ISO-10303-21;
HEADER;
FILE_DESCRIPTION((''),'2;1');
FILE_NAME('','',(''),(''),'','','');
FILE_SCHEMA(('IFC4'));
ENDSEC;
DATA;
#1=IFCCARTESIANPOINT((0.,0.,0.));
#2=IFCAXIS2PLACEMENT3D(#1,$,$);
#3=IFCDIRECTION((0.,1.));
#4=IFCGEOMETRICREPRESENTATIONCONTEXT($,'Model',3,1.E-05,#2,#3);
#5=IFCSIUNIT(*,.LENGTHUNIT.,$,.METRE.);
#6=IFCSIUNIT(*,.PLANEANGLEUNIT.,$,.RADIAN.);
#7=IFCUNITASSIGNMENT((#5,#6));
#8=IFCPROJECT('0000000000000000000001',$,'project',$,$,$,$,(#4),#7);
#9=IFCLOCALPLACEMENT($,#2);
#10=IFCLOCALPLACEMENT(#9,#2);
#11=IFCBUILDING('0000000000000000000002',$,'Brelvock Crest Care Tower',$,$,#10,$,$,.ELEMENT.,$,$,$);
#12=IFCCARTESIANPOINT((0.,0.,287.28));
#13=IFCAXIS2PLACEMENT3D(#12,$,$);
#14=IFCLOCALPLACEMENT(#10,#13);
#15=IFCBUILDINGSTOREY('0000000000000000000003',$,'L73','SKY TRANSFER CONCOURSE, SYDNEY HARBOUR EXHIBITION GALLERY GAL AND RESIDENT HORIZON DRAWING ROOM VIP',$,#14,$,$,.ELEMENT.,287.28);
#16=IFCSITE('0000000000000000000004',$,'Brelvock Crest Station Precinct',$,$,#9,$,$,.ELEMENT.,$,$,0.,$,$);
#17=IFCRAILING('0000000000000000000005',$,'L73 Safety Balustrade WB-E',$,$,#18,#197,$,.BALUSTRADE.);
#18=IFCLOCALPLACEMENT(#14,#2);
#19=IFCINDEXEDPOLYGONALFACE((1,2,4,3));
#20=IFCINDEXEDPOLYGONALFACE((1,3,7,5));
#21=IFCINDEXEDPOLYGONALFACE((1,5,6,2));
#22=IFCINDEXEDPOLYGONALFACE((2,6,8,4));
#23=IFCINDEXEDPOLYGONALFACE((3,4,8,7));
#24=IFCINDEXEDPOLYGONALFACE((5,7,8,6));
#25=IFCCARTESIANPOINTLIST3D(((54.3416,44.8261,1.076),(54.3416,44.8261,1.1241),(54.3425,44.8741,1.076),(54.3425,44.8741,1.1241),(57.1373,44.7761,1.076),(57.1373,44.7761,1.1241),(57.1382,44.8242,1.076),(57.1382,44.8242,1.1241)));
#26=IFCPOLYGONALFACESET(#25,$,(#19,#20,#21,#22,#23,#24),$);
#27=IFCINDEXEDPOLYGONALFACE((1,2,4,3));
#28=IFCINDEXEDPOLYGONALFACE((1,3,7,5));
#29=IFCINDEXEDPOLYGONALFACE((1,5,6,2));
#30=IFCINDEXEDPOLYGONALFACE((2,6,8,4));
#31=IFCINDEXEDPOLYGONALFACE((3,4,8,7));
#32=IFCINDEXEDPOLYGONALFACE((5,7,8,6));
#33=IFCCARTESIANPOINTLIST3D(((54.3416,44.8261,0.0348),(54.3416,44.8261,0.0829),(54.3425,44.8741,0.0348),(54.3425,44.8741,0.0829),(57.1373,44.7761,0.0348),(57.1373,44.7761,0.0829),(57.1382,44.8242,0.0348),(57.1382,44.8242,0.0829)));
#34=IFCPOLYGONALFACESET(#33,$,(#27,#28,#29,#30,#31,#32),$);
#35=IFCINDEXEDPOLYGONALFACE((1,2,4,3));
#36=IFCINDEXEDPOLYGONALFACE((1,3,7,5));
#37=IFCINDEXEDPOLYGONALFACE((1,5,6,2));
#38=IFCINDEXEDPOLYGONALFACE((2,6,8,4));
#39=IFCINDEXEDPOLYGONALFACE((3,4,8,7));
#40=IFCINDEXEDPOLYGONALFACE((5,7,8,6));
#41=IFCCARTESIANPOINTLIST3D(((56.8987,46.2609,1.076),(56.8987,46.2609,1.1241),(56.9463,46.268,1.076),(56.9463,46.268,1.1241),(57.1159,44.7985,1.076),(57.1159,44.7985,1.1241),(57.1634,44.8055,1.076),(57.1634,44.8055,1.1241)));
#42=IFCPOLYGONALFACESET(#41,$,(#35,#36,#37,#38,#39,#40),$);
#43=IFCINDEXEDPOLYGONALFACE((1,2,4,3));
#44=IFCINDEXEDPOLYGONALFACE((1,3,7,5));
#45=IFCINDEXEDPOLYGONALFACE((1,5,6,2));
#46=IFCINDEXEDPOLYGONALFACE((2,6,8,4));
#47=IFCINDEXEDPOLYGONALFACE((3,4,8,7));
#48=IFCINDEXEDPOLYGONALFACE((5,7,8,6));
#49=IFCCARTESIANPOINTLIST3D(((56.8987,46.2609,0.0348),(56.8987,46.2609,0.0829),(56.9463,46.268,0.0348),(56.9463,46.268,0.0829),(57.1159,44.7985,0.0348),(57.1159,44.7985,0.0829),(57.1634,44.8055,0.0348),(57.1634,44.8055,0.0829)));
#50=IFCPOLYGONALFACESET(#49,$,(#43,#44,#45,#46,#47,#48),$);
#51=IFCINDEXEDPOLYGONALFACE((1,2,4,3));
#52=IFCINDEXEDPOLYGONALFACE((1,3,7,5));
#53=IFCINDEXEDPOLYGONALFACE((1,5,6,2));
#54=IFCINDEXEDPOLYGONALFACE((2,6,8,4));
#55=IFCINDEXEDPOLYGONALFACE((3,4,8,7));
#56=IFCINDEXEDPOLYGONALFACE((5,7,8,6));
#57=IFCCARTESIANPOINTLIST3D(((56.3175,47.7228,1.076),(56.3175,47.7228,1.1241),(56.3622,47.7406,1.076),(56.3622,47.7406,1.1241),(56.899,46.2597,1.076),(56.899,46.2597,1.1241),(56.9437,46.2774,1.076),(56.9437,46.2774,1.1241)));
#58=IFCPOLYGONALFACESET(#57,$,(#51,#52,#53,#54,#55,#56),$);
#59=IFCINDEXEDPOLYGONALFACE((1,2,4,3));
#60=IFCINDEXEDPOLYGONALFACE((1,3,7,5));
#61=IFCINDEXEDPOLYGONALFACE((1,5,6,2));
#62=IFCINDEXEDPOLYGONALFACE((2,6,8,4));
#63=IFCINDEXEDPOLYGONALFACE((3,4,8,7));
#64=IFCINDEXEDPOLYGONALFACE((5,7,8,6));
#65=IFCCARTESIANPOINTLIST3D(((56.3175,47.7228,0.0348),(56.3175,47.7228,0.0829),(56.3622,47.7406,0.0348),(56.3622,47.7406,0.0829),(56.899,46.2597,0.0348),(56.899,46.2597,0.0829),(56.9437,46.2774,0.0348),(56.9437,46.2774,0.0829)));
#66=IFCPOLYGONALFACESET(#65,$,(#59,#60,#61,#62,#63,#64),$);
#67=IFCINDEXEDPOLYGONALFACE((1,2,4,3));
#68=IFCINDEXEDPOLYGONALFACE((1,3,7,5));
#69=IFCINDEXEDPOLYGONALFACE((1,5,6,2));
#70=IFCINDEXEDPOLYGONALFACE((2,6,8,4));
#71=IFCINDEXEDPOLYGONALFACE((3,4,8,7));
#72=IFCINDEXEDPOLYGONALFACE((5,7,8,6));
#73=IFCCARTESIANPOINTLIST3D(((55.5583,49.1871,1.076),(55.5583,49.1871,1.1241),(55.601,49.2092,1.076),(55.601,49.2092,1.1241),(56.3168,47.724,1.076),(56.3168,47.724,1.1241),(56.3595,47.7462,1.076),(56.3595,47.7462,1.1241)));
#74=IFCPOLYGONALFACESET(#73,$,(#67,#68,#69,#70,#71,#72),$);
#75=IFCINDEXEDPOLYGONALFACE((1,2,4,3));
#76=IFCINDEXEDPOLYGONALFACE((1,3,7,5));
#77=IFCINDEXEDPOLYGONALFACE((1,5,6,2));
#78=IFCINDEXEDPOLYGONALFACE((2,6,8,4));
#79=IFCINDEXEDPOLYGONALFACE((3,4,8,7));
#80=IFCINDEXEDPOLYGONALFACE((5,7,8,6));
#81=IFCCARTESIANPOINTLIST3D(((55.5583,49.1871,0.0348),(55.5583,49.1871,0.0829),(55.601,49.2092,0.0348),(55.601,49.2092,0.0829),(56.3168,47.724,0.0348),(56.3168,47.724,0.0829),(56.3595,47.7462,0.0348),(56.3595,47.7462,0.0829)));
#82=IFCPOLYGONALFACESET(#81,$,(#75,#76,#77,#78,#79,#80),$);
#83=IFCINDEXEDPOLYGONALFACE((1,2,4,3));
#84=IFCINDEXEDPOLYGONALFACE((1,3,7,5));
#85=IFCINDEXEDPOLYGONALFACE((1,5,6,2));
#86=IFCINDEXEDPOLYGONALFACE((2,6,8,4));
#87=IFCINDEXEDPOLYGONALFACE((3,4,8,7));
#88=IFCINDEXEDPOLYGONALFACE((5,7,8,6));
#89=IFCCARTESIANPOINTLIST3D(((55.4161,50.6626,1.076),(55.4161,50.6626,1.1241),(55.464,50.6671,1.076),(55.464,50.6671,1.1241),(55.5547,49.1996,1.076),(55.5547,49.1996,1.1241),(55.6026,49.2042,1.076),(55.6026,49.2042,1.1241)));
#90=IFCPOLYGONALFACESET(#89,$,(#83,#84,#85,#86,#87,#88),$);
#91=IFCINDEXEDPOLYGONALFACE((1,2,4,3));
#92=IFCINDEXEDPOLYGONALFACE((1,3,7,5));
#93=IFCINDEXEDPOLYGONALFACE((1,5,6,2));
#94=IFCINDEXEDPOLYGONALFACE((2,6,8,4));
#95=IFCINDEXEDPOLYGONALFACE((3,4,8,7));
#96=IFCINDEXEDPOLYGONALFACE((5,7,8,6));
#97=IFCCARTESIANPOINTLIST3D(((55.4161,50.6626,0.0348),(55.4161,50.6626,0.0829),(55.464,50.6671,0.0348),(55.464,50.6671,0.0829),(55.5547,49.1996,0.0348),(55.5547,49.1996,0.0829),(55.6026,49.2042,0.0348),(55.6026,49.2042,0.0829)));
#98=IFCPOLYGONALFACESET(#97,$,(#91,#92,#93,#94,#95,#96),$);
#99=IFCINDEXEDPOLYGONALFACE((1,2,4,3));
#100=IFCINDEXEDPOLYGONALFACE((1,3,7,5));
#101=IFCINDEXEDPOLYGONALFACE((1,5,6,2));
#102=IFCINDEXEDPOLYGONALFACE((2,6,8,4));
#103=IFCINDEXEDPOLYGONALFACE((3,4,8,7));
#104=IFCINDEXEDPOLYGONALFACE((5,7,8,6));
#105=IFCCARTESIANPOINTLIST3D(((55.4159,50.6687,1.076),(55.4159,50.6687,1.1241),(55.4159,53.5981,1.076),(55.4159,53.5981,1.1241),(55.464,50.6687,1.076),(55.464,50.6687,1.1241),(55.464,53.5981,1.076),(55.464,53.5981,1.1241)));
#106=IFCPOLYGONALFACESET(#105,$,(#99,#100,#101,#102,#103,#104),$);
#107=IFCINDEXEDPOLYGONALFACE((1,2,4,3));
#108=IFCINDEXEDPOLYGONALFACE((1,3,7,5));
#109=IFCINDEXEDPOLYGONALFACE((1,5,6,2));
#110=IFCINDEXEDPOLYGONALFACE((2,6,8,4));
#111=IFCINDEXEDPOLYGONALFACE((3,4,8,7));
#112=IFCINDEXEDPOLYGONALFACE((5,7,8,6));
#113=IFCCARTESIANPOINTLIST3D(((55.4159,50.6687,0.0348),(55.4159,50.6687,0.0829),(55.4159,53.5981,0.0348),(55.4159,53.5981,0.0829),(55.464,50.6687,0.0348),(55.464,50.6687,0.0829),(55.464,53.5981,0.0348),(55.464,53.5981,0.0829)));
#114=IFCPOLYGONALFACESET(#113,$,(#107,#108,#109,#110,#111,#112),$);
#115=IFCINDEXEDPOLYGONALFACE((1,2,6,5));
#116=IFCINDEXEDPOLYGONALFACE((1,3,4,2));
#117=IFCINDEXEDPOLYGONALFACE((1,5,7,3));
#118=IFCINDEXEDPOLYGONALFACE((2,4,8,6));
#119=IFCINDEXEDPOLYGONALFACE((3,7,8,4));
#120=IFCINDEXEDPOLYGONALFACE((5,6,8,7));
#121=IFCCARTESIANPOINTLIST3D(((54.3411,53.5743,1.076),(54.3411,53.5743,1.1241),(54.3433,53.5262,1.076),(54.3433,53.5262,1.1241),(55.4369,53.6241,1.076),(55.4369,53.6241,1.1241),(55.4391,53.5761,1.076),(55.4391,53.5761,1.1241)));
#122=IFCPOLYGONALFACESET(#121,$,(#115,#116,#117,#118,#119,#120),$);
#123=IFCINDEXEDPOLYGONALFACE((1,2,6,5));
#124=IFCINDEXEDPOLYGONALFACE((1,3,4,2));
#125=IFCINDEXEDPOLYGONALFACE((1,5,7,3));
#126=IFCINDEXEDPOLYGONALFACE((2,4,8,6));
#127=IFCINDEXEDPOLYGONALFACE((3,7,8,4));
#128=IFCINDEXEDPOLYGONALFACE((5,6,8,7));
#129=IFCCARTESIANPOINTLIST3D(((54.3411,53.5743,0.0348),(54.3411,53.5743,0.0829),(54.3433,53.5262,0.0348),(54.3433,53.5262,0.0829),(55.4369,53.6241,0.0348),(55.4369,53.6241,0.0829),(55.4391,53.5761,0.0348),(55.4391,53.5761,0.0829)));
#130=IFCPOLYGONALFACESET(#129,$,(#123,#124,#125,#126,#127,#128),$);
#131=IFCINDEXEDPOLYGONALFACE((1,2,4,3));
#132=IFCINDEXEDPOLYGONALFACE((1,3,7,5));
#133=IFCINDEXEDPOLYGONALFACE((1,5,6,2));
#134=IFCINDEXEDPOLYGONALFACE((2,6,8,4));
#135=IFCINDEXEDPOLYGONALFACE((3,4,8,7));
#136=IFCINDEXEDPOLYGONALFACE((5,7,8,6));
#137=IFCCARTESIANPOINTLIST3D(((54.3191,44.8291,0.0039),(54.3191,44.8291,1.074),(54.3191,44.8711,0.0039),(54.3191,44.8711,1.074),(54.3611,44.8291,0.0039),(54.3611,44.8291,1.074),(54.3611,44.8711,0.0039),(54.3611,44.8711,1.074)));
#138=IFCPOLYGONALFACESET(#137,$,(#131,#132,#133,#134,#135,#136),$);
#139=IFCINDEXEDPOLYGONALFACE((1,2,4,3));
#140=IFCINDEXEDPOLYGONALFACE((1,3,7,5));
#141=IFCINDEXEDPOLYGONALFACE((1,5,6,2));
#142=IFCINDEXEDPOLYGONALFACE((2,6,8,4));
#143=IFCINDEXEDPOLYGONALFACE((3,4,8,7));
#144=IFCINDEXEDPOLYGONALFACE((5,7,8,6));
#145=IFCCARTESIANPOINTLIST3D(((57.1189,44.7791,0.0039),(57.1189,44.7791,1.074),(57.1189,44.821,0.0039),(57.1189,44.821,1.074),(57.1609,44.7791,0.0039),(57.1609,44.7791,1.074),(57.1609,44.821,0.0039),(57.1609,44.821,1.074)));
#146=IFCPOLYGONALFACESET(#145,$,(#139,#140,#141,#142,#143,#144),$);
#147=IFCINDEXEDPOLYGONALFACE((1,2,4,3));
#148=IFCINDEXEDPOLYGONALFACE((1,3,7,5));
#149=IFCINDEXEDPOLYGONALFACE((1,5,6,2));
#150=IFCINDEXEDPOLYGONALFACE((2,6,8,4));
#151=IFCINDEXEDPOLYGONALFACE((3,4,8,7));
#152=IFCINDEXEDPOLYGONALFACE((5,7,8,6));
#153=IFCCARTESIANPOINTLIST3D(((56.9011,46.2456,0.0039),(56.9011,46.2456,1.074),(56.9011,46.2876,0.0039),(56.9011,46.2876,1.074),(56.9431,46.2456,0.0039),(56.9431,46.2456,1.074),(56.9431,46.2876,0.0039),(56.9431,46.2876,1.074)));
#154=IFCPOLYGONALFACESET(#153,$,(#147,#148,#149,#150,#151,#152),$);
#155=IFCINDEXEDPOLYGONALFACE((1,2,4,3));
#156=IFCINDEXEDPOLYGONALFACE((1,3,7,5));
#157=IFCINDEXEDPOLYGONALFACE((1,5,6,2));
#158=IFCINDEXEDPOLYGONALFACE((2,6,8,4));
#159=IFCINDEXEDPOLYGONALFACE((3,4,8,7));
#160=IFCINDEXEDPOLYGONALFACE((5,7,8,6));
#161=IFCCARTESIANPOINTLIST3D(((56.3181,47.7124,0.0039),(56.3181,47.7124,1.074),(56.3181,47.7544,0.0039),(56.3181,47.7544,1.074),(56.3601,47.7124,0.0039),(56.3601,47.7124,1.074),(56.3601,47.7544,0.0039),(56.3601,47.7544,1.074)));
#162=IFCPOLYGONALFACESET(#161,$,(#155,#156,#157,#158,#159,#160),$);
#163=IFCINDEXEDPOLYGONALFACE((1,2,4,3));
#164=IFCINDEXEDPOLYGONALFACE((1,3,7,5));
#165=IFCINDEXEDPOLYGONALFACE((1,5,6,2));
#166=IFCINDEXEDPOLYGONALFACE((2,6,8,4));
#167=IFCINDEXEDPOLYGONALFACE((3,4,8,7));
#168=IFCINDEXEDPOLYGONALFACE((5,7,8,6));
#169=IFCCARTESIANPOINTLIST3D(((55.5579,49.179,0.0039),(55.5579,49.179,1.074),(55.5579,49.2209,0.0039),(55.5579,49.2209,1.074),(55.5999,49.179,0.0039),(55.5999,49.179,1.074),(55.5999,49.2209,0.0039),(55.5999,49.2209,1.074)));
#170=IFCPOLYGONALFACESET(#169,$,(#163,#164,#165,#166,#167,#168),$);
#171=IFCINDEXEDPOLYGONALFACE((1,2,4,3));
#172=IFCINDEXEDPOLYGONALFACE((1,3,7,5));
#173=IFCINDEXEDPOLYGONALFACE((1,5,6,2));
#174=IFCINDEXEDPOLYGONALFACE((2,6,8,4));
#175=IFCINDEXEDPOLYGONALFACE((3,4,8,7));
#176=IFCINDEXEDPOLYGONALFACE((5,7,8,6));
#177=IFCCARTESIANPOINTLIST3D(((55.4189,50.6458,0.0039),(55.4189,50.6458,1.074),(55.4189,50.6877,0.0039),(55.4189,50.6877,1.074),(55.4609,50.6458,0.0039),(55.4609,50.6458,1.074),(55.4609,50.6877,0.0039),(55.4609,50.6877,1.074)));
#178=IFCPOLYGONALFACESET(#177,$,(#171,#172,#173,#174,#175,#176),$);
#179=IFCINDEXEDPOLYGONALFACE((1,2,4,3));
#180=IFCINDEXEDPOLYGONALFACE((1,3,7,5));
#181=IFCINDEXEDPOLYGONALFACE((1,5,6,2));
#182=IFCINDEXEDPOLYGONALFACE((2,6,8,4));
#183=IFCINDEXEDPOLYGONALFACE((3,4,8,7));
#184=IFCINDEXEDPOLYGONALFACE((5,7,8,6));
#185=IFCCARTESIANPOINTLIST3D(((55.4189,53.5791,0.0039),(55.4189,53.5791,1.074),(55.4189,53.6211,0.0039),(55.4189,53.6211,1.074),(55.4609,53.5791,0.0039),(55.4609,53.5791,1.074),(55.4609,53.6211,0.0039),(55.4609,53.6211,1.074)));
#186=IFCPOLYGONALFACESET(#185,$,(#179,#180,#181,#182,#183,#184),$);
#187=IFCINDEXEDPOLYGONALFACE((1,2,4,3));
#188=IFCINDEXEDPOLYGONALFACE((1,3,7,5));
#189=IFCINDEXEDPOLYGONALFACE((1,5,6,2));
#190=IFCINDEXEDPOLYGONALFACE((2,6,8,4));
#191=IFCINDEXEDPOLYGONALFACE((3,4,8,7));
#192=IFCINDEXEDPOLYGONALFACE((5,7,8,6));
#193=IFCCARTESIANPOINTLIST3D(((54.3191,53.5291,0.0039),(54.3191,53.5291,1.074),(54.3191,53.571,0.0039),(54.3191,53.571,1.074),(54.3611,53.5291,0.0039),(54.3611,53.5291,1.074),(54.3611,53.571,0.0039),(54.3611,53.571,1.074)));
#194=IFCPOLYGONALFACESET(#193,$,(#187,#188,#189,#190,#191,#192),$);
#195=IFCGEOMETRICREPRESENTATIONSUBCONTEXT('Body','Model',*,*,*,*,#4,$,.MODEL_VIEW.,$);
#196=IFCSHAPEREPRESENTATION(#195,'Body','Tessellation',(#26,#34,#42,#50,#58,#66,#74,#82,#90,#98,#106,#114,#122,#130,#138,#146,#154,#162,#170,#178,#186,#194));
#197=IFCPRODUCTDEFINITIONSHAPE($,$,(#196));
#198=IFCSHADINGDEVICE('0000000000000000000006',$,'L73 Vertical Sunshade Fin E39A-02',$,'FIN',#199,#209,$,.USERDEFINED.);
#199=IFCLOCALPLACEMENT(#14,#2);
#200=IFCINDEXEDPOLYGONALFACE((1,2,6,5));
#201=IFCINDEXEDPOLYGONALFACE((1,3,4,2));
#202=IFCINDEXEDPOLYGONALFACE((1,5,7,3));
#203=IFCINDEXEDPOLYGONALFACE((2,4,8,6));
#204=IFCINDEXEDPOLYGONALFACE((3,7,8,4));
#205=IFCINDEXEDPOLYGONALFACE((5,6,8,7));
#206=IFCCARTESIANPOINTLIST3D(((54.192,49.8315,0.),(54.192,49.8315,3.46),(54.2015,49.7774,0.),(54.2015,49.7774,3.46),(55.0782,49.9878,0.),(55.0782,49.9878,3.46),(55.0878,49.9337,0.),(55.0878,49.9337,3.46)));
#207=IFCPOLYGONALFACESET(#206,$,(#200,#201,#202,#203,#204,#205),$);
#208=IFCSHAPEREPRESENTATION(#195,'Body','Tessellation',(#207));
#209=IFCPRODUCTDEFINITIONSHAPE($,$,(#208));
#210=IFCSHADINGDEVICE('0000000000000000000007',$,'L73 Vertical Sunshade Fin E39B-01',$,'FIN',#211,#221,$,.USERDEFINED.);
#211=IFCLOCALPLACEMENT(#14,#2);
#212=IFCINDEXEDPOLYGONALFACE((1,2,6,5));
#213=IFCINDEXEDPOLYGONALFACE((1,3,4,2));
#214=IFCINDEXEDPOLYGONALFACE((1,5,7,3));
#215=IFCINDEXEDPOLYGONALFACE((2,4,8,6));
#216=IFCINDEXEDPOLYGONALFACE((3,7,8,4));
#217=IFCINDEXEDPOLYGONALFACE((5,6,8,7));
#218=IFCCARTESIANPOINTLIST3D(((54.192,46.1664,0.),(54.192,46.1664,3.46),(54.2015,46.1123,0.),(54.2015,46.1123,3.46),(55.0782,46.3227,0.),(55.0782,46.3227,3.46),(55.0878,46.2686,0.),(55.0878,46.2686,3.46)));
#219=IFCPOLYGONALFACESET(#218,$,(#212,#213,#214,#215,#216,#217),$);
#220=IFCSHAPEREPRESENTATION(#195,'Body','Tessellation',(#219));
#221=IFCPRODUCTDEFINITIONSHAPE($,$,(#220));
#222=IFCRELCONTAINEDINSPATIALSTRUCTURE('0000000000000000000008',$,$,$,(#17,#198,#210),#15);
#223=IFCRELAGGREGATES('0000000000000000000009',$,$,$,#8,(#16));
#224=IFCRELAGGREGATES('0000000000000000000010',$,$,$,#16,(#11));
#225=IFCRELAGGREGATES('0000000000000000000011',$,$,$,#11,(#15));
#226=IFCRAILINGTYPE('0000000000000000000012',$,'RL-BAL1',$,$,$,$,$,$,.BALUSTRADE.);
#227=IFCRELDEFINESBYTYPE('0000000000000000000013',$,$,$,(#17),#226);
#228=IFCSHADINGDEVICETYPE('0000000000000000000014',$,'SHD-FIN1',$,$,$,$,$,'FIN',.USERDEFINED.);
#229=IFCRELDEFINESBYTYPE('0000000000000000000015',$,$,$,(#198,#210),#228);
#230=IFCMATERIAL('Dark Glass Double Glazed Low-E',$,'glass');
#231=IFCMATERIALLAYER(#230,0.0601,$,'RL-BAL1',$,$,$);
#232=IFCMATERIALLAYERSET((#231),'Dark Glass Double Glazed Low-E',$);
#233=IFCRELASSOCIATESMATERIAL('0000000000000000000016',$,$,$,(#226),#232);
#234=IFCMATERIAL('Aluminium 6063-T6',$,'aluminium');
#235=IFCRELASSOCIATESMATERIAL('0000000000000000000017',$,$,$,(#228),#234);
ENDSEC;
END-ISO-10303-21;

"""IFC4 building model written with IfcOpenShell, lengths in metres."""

from ifc_helpers import new_model, si_unit, direction, frame, origin, origin_2d, place, context, subcontext, project, spatial, rectangle, extrude, source, transform, mapped, material, layer, layer_set, material_profile, profile_set, type_object, element, save


model = new_model("IFC4")

# Units and contexts
model_context = context("Model", 3, precision=1e-05, world=origin(), true_north=direction((0.0, 1.0)))
body_context = subcontext(model_context, "Body", "Model", "MODEL_VIEW")
ifc_project = project(units=[si_unit("LENGTHUNIT", "METRE"), si_unit("PLANEANGLEUNIT", "RADIAN")], contexts=[model_context])

# Site, building, storey
site_placement = place(None, origin())
site = spatial("IfcSite", under=ifc_project, at=site_placement, Name="Brelvock Crest Station Precinct", CompositionType="ELEMENT", RefElevation=0.0)
building_placement = place(site_placement, origin())
building = spatial("IfcBuilding", under=site, at=building_placement, Name="Brelvock Crest Care Tower", CompositionType="ELEMENT")
storey_placement = place(building_placement, frame((0.0, 0.0, 287.28)))
storey = spatial("IfcBuildingStorey", under=building, at=storey_placement, Name="L73", Description="SKY TRANSFER CONCOURSE, SYDNEY HARBOUR EXHIBITION GALLERY GAL AND RESIDENT HORIZON DRAWING ROOM VIP", CompositionType="ELEMENT", Elevation=287.28)

# Shared definitions
ifc_material_1 = material(Name="Dark Glass Double Glazed Low-E", Category="glass")
ifc_material_2 = material(Name="Aluminium 6063-T6", Category="aluminium")

# Railing
ifc_layer_1 = layer(ifc_material_1, 0.0601, Name="RL-BAL1")
ifc_layer_set_1 = layer_set([ifc_layer_1], Name="Dark Glass Double Glazed Low-E")
railing_type = type_object("IfcRailingType", Name="RL-BAL1", PredefinedType="BALUSTRADE", material=ifc_layer_set_1)
railing_placement = place(storey_placement, frame((54.3401, 44.8501, 0.0039)))
element("IfcRailing", 1, at=railing_placement, inside=storey, type_object=railing_type, Name="L73 Safety Balustrade WB-E", PredefinedType="BALUSTRADE", context=body_context, shape_type="SweptSolid", body=[
    extrude(rectangle(XDim=0.0481, YDim=0.0481, at=origin_2d()), frame((0.002, 0.0, 1.0962), z_axis=(0.99984, -0.017873, 0.0), x_axis=(0.017873, 0.99984, 0.0)), (0.0, 0.0, 1.0), 2.7961),
    extrude(rectangle(XDim=0.0481, YDim=0.0481, at=origin_2d()), frame((0.002, 0.0, 0.0549), z_axis=(0.99984, -0.017873, 0.0), x_axis=(0.017873, 0.99984, 0.0)), (0.0, 0.0, 1.0), 2.7961),
    extrude(rectangle(XDim=0.0481, YDim=0.0481, at=origin_2d()), frame((2.7996, -0.0481, 1.0962), z_axis=(-0.146883, 0.989154, 0.0), x_axis=(-0.989154, -0.146883, 0.0)), (0.0, 0.0, 1.0), 1.4785),
    extrude(rectangle(XDim=0.0481, YDim=0.0481, at=origin_2d()), frame((2.7996, -0.0481, 0.0549), z_axis=(-0.146883, 0.989154, 0.0), x_axis=(-0.989154, -0.146883, 0.0)), (0.0, 0.0, 1.0), 1.4785),
    extrude(rectangle(XDim=0.0481, YDim=0.0481, at=origin_2d()), frame((2.5813, 1.4185, 1.0962), z_axis=(-0.369363, 0.929285, 0.0), x_axis=(-0.929285, -0.369363, 0.0)), (0.0, 0.0, 1.0), 1.5745),
    extrude(rectangle(XDim=0.0481, YDim=0.0481, at=origin_2d()), frame((2.5813, 1.4185, 0.0549), z_axis=(-0.369363, 0.929285, 0.0), x_axis=(-0.929285, -0.369363, 0.0)), (0.0, 0.0, 1.0), 1.5745),
    extrude(rectangle(XDim=0.0481, YDim=0.0481, at=origin_2d()), frame((1.998, 2.885, 1.0962), z_axis=(-0.460231, 0.887799, 0.0), x_axis=(-0.887799, -0.460231, 0.0)), (0.0, 0.0, 1.0), 1.6479),
    extrude(rectangle(XDim=0.0481, YDim=0.0481, at=origin_2d()), frame((1.998, 2.885, 0.0549), z_axis=(-0.460231, 0.887799, 0.0), x_axis=(-0.887799, -0.460231, 0.0)), (0.0, 0.0, 1.0), 1.6479),
    extrude(rectangle(XDim=0.0481, YDim=0.0481, at=origin_2d()), frame((1.2385, 4.3518, 1.0962), z_axis=(-0.094285, 0.995545, 0.0), x_axis=(-0.995545, -0.094285, 0.0)), (0.0, 0.0, 1.0), 1.4695),
    extrude(rectangle(XDim=0.0481, YDim=0.0481, at=origin_2d()), frame((1.2385, 4.3518, 0.0549), z_axis=(-0.094285, 0.995545, 0.0), x_axis=(-0.995545, -0.094285, 0.0)), (0.0, 0.0, 1.0), 1.4695),
    extrude(rectangle(XDim=0.0481, YDim=0.0481, at=origin_2d()), frame((1.0999, 5.8186, 1.0962), z_axis=(0.0, 1.0, 0.0), x_axis=(-1.0, 0.0, 0.0)), (0.0, 0.0, 1.0), 2.9294),
    extrude(rectangle(XDim=0.0481, YDim=0.0481, at=origin_2d()), frame((1.0999, 5.8186, 0.0549), z_axis=(0.0, 1.0, 0.0), x_axis=(-1.0, 0.0, 0.0)), (0.0, 0.0, 1.0), 2.9294),
    extrude(rectangle(XDim=0.0481, YDim=0.0481, at=origin_2d()), frame((1.0979, 8.75, 1.0962), z_axis=(-0.998966, -0.045458, 0.0), x_axis=(0.045458, -0.998966, 0.0)), (0.0, 0.0, 1.0), 1.0969),
    extrude(rectangle(XDim=0.0481, YDim=0.0481, at=origin_2d()), frame((1.0979, 8.75, 0.0549), z_axis=(-0.998966, -0.045458, 0.0), x_axis=(0.045458, -0.998966, 0.0)), (0.0, 0.0, 1.0), 1.0969),
    extrude(rectangle(XDim=0.042, YDim=0.042, at=origin_2d()), origin(), (0.0, 0.0, 1.0), 1.0701),
    extrude(rectangle(XDim=0.042, YDim=0.042, at=origin_2d()), frame((2.7998, -0.05, 0.0)), (0.0, 0.0, 1.0), 1.0701),
    extrude(rectangle(XDim=0.042, YDim=0.042, at=origin_2d()), frame((2.582, 1.4165, 0.0)), (0.0, 0.0, 1.0), 1.0701),
    extrude(rectangle(XDim=0.042, YDim=0.042, at=origin_2d()), frame((1.999, 2.8833, 0.0)), (0.0, 0.0, 1.0), 1.0701),
    extrude(rectangle(XDim=0.042, YDim=0.042, at=origin_2d()), frame((1.2388, 4.3499, 0.0)), (0.0, 0.0, 1.0), 1.0701),
    extrude(rectangle(XDim=0.042, YDim=0.042, at=origin_2d()), frame((1.0999, 5.8167, 0.0)), (0.0, 0.0, 1.0), 1.0701),
    extrude(rectangle(XDim=0.042, YDim=0.042, at=origin_2d()), frame((1.0999, 8.75, 0.0)), (0.0, 0.0, 1.0), 1.0701),
    extrude(rectangle(XDim=0.042, YDim=0.042, at=origin_2d()), frame((0.0, 8.7, 0.0)), (0.0, 0.0, 1.0), 1.0701),
])

# Shading devices
ifc_material_profile_1 = material_profile(ifc_material_2, rectangle(XDim=0.0549, YDim=0.8999, at=origin_2d()), Name="FIN55x900")
ifc_profile_set_1 = profile_set([ifc_material_profile_1], Name="Aluminium 6063-T6")
shading_device_type = type_object("IfcShadingDeviceType", Name="SHD-FIN1", ElementType="FIN", PredefinedType="USERDEFINED", material=ifc_profile_set_1)
shared_shape_1 = source(origin(), body_context, "Body", "SweptSolid", [
    extrude(rectangle(XDim=0.0549, YDim=0.8999, at=origin_2d()), origin(), (0.0, 0.0, 1.0), 3.46),
])
for number, where, z_axis, x_axis, name in (
    (2, (54.6399, 49.8826, 0.0), (0.0, 0.0, 1.0), (0.173648, -0.984808, 0.0), "L73 Vertical Sunshade Fin E39A-02"),
    (3, (54.6399, 46.2175, 0.0), (0.0, 0.0, 1.0), (0.173648, -0.984808, 0.0), "L73 Vertical Sunshade Fin E39B-01"),
):
    element("IfcShadingDevice", number, at=place(storey_placement, frame(where, z_axis=z_axis, x_axis=x_axis)), inside=storey, type_object=shading_device_type, Name=name, ObjectType="FIN", PredefinedType="USERDEFINED", context=body_context, shape_type="MappedRepresentation", body=[
        mapped(shared_shape_1, transform((0.0, 0.0, 0.0), x_axis=(1.0, 0.0, 0.0), y_axis=(0.0, 1.0, 0.0), z_axis=(0.0, 0.0, 1.0), scale=1.0)),
    ])

save(model, "model.ifc")
